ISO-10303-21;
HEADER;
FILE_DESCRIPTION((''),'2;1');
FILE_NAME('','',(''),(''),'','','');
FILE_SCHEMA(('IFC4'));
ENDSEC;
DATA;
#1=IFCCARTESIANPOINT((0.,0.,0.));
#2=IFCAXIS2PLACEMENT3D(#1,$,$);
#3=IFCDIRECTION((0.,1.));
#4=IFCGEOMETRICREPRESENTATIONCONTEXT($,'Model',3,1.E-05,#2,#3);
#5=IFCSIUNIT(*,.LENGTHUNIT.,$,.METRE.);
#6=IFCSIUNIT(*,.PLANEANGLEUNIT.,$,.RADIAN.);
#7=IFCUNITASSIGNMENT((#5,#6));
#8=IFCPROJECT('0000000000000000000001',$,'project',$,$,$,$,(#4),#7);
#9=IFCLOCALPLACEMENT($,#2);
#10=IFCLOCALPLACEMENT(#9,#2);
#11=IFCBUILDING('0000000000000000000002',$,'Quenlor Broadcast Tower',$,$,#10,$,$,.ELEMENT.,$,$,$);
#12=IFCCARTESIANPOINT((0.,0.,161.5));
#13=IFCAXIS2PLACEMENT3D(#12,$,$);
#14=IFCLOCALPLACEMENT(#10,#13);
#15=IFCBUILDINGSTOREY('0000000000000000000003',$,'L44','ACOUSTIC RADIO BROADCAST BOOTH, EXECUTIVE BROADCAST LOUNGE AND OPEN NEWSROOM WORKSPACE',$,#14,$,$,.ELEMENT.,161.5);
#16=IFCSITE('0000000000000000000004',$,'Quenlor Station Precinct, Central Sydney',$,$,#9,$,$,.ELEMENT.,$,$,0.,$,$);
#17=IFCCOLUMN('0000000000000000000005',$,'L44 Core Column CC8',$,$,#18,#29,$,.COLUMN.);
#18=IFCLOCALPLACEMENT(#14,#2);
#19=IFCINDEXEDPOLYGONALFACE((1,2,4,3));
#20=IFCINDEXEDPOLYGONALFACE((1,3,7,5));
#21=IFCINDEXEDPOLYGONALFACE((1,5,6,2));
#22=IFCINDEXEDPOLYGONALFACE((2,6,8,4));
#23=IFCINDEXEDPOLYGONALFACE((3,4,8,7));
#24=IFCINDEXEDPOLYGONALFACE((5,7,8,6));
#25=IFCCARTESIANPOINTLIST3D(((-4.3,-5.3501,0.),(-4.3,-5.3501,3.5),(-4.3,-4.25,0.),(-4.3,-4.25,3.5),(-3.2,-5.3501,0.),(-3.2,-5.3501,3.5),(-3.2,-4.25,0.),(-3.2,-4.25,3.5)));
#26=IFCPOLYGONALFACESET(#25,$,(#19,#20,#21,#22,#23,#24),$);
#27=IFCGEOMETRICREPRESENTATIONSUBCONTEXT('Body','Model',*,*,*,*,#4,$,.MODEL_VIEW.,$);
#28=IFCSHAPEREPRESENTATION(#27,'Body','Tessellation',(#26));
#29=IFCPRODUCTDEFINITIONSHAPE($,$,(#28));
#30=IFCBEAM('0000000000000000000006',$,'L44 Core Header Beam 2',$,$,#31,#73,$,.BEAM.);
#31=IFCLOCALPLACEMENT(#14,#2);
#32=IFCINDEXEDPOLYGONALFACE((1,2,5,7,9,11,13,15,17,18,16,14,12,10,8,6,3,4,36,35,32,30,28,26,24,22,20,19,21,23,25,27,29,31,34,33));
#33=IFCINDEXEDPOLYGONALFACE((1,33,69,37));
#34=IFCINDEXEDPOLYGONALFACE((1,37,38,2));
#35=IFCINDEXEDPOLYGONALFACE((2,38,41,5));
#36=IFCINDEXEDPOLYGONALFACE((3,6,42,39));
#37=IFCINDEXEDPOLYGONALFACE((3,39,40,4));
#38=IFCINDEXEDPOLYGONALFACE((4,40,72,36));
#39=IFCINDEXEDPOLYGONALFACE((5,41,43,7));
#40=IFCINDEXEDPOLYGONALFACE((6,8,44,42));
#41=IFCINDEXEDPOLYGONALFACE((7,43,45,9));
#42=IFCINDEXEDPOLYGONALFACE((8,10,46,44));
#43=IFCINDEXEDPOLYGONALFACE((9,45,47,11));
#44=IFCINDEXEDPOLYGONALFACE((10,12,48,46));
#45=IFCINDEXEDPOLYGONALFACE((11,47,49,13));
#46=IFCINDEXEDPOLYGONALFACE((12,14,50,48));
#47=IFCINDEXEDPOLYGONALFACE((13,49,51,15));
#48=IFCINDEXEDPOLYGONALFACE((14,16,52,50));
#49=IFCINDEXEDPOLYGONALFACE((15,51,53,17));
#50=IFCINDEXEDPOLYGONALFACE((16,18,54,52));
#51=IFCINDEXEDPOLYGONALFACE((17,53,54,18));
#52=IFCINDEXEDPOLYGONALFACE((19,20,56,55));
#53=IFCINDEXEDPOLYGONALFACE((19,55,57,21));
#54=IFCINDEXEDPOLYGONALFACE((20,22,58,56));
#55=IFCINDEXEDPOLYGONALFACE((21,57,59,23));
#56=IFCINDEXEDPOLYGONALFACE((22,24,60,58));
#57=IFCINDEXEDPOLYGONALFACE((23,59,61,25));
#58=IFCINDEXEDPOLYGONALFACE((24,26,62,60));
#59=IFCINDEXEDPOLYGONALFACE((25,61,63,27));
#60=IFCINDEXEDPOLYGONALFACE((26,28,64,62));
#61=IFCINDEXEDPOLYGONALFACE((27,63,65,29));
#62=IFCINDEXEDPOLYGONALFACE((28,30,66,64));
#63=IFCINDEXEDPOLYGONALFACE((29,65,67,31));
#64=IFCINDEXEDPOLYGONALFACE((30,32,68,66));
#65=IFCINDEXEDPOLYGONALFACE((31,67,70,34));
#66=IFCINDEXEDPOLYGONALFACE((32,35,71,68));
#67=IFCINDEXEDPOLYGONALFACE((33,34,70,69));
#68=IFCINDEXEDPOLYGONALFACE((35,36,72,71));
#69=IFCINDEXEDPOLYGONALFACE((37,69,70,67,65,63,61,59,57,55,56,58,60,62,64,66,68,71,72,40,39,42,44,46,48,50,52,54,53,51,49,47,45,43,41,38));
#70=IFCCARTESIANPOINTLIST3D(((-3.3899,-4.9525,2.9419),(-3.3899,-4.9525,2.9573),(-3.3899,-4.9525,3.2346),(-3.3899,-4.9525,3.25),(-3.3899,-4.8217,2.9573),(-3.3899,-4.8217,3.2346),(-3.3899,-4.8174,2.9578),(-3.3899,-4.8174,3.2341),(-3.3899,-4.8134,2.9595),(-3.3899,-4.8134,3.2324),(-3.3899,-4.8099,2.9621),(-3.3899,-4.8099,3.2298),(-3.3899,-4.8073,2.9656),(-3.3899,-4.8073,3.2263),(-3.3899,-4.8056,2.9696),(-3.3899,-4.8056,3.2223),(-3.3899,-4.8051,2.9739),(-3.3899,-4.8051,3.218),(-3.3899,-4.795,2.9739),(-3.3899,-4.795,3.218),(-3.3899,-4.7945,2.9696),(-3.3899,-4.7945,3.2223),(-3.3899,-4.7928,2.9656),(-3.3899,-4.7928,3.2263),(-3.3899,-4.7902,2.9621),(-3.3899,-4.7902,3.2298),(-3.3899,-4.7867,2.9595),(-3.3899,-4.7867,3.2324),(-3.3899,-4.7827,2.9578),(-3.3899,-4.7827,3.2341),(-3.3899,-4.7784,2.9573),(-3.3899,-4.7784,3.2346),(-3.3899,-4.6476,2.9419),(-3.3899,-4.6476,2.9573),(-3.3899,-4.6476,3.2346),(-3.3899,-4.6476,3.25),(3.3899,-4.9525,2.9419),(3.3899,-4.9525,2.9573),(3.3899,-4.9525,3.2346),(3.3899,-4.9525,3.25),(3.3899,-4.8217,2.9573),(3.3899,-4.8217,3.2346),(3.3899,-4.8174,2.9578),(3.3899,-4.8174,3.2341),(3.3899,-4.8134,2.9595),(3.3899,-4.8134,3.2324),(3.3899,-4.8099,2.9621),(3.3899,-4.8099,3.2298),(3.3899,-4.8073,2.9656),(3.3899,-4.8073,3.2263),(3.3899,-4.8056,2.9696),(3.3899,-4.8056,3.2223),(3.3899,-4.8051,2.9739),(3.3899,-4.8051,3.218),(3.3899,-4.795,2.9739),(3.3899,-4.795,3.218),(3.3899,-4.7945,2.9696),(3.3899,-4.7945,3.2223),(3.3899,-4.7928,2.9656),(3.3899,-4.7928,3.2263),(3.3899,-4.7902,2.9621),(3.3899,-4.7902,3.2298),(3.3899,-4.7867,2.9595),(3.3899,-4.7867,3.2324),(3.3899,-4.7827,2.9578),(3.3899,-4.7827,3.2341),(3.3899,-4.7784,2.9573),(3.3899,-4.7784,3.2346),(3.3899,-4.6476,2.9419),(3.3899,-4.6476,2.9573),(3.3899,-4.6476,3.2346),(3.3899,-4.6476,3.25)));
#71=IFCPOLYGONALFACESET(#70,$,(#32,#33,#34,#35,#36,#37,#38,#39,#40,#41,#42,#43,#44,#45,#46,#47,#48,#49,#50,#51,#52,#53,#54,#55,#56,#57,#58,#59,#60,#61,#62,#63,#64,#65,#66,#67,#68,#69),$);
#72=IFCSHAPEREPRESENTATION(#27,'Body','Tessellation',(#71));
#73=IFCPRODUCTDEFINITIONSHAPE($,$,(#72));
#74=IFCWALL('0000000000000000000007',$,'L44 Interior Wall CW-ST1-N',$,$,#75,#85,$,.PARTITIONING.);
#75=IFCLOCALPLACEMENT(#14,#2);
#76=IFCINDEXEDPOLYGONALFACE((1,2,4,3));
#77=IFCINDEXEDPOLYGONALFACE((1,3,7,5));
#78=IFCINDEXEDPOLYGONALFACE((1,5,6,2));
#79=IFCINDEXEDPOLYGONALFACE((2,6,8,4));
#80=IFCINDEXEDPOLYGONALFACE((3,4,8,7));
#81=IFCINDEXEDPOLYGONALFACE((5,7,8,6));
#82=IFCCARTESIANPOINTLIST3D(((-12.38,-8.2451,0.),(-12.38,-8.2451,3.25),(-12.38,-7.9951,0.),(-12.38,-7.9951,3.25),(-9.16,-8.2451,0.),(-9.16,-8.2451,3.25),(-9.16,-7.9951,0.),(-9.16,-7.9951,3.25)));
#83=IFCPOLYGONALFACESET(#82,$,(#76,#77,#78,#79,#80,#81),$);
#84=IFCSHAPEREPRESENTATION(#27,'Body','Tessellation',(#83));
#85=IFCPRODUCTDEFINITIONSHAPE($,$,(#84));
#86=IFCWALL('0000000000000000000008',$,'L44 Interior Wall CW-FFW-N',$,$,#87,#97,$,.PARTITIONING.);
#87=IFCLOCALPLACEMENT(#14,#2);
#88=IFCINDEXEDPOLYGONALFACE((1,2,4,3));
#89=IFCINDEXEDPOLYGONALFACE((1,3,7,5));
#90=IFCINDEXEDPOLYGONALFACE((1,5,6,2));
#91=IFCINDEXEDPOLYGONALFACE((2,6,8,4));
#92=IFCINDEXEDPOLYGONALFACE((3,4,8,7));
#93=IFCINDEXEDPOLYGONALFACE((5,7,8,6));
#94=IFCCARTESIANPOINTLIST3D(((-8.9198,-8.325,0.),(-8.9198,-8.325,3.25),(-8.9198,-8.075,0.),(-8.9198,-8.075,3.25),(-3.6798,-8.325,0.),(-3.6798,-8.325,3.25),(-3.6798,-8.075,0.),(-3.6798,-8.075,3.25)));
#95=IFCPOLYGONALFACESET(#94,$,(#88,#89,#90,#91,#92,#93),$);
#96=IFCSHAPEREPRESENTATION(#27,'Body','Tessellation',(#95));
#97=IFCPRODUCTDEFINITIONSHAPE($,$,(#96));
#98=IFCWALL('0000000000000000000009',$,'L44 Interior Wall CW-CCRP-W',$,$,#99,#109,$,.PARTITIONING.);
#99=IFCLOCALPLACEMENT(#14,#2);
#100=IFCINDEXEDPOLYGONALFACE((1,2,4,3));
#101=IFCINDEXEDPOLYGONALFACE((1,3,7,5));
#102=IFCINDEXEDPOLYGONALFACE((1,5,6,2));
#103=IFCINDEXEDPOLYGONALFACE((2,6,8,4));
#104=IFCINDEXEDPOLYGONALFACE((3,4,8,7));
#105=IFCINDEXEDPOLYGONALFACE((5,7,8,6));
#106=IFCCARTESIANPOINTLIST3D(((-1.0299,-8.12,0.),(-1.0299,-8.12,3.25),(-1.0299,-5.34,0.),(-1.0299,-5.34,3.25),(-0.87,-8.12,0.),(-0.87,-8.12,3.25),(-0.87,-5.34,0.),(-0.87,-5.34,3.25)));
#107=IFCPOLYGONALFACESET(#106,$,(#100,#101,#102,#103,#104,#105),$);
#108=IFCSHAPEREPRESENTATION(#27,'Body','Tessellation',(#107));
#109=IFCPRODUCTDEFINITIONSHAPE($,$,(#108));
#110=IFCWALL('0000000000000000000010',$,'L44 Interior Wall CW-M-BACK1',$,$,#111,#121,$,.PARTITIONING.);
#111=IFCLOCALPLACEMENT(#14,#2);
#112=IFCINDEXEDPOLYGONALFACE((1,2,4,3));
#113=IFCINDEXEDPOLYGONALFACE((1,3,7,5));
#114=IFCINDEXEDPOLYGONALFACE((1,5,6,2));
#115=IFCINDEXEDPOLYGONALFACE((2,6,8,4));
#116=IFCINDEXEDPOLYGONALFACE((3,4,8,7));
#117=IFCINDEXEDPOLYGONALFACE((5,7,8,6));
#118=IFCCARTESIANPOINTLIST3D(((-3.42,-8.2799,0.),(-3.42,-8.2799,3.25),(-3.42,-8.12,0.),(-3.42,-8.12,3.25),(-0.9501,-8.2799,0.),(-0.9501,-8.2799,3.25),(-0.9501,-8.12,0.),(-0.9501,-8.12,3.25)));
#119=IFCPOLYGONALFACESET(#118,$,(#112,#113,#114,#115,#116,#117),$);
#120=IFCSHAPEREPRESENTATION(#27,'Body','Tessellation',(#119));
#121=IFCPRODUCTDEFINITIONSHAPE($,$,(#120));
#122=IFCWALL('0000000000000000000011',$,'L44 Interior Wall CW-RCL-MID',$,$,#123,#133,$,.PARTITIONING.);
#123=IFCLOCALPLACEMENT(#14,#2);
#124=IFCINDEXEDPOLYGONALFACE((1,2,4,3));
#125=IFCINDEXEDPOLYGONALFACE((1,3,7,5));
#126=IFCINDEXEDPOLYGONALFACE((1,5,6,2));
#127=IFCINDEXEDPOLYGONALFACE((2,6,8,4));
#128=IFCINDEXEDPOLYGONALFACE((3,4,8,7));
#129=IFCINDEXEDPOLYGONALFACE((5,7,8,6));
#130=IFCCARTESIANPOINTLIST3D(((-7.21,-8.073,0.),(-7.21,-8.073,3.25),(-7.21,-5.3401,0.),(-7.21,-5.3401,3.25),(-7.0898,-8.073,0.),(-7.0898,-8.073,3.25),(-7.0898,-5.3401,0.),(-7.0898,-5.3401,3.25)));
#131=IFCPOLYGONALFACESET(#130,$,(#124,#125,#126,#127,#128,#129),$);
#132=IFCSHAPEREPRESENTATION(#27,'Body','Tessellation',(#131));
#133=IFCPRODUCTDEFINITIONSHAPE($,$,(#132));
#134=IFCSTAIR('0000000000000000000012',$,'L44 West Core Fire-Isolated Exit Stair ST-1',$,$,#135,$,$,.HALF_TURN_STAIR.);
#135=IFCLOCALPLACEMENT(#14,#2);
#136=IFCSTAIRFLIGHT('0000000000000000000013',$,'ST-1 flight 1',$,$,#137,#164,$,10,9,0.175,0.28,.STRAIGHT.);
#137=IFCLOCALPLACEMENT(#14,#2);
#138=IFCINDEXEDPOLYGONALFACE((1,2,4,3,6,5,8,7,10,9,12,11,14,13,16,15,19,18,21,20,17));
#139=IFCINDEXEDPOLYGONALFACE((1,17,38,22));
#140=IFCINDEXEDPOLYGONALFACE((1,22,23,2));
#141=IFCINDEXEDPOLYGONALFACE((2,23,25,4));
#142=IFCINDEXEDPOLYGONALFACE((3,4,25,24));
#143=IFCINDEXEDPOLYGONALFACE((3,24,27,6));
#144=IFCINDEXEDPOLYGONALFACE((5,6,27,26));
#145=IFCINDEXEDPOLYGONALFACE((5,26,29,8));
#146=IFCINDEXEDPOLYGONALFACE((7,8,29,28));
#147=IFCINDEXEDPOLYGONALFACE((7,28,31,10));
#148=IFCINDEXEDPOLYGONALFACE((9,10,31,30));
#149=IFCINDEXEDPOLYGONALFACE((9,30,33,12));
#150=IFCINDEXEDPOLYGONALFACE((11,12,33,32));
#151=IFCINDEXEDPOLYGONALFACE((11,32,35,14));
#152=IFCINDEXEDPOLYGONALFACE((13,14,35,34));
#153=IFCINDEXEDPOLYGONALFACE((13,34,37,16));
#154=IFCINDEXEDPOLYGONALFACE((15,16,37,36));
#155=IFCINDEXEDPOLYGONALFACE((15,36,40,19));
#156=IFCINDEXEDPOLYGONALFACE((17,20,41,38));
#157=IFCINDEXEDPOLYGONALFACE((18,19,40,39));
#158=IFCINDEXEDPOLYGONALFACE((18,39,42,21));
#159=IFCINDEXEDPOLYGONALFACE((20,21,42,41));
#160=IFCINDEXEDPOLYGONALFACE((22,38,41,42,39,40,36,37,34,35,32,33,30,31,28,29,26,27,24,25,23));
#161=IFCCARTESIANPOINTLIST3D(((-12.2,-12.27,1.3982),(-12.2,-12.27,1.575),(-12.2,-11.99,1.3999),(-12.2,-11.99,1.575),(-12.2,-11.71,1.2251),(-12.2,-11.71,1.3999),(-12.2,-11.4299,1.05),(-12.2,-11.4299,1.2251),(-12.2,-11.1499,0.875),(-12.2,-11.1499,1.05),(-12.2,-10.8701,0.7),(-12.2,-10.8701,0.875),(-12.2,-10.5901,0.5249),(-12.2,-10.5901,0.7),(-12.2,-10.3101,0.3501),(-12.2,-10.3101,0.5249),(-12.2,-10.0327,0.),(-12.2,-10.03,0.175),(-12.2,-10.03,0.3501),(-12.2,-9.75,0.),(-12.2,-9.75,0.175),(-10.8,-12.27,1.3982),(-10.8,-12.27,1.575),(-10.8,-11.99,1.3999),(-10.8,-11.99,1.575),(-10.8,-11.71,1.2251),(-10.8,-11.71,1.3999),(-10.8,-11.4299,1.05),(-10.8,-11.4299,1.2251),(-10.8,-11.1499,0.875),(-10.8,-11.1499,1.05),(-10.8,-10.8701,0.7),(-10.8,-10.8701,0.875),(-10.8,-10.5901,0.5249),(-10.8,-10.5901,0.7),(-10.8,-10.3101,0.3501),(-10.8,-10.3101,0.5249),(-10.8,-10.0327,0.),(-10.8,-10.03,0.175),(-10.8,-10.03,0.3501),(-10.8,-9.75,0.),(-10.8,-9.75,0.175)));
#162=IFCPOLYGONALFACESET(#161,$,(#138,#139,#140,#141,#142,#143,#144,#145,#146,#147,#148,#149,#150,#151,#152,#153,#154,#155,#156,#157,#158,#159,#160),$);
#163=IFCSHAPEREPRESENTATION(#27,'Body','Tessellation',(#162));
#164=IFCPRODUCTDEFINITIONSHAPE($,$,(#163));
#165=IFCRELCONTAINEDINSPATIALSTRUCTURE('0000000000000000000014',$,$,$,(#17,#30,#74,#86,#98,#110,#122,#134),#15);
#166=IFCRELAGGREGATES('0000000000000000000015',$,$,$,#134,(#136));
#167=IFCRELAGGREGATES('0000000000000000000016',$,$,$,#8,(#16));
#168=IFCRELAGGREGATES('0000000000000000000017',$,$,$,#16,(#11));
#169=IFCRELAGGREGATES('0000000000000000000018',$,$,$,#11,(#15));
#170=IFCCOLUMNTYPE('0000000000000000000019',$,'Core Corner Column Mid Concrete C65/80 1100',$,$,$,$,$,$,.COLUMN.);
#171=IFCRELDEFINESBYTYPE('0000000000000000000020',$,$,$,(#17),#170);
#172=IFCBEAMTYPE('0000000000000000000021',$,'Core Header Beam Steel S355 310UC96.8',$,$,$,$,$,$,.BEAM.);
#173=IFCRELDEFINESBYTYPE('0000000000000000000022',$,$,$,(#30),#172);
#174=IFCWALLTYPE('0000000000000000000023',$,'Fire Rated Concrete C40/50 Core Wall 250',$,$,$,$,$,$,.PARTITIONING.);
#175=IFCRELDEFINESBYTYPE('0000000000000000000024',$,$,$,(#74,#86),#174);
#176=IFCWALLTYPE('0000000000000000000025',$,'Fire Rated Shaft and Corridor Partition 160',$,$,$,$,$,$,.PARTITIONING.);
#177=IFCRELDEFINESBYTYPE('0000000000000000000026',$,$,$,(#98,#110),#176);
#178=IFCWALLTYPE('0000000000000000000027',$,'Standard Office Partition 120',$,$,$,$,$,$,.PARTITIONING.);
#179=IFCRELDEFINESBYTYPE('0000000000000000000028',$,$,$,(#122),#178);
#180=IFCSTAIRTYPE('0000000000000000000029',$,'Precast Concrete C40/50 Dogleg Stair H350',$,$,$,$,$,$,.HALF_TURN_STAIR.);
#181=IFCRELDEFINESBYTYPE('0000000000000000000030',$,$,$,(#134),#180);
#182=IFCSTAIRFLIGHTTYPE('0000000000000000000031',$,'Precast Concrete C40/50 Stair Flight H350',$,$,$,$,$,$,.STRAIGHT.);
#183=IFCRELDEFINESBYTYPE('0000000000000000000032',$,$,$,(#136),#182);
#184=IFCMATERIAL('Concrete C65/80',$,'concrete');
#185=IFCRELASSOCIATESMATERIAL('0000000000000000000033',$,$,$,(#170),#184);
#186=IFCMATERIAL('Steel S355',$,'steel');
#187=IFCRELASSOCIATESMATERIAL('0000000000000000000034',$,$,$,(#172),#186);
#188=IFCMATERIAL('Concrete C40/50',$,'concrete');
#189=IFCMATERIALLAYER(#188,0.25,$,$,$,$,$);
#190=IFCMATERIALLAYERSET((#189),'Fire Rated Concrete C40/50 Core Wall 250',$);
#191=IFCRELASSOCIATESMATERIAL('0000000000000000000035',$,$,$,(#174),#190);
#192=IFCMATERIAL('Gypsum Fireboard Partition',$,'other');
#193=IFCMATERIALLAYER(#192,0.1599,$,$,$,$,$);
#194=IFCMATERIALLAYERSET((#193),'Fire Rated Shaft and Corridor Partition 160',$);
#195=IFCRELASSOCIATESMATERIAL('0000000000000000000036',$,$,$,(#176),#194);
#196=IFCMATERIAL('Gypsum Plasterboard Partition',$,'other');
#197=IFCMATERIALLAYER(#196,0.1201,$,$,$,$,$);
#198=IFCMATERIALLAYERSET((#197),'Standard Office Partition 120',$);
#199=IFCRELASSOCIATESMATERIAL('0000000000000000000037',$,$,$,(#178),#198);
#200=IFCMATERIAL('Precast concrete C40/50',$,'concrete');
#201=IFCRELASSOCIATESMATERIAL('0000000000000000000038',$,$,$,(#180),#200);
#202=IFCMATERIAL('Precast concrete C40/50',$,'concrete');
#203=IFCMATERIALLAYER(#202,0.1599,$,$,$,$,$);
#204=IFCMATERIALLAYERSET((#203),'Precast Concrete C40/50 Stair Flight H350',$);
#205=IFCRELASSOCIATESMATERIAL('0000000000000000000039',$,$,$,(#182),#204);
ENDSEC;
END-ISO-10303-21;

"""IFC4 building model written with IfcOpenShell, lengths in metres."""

from ifc_helpers import new_model, si_unit, direction, frame, frame_2d, origin, origin_2d, place, context, subcontext, project, spatial, polyline, rectangle, i_section, outline, extrude, material, layer, layer_set, material_profile, profile_set, type_object, element, aggregate, save


model = new_model("IFC4")

# Units and contexts
model_context = context("Model", 3, precision=1e-05, world=origin(), true_north=direction((0.0, 1.0)))
body_context = subcontext(model_context, "Body", "Model", "MODEL_VIEW")
ifc_project = project(units=[si_unit("LENGTHUNIT", "METRE"), si_unit("PLANEANGLEUNIT", "RADIAN")], contexts=[model_context])

# Site, building, storey
site_placement = place(None, origin())
site = spatial("IfcSite", under=ifc_project, at=site_placement, Name="Quenlor Station Precinct, Central Sydney", CompositionType="ELEMENT", RefElevation=0.0)
building_placement = place(site_placement, origin())
building = spatial("IfcBuilding", under=site, at=building_placement, Name="Quenlor Broadcast Tower", CompositionType="ELEMENT")
storey_placement = place(building_placement, frame((0.0, 0.0, 161.5)))
storey = spatial("IfcBuildingStorey", under=building, at=storey_placement, Name="L44", Description="ACOUSTIC RADIO BROADCAST BOOTH, EXECUTIVE BROADCAST LOUNGE AND OPEN NEWSROOM WORKSPACE", CompositionType="ELEMENT", Elevation=161.5)

# Column
ifc_material_1 = material(Name="Concrete C65/80", Category="concrete")
ifc_material_profile_1 = material_profile(ifc_material_1, rectangle(XDim=1.1001, YDim=1.1001, at=origin_2d()))
ifc_profile_set_1 = profile_set([ifc_material_profile_1], Name="Concrete C65/80 RC1100x1100")
column_type = type_object("IfcColumnType", Name="Core Corner Column Mid Concrete C65/80 1100", PredefinedType="COLUMN", material=ifc_profile_set_1)
column_placement = place(storey_placement, frame((-3.75, -4.8, 0.0), z_axis=(0.0, 0.0, 1.0), x_axis=(1.0, 0.0, 0.0)))
element("IfcColumn", 1, at=column_placement, inside=storey, type_object=column_type, Name="L44 Core Column CC8", PredefinedType="COLUMN", context=body_context, shape_type="SweptSolid", body=[
    extrude(rectangle(XDim=1.1001, YDim=1.1001, at=origin_2d()), origin(), (0.0, 0.0, 1.0), 3.5),
])

# Beam
ifc_material_2 = material(Name="Steel S355", Category="steel")
ifc_material_profile_2 = material_profile(ifc_material_2, i_section(OverallWidth=0.3049, OverallDepth=0.3081, WebThickness=0.01, FlangeThickness=0.0154, FilletRadius=0.0166, at=origin_2d()))
ifc_profile_set_2 = profile_set([ifc_material_profile_2], Name="Steel S355 310UC96.8")
beam_type = type_object("IfcBeamType", Name="Core Header Beam Steel S355 310UC96.8", PredefinedType="BEAM", material=ifc_profile_set_2)
beam_placement = place(storey_placement, frame((-3.3899, -4.8, 3.0959), z_axis=(1.0, 0.0, 0.0), x_axis=(0.0, 1.0, 0.0)))
element("IfcBeam", 2, at=beam_placement, inside=storey, type_object=beam_type, Name="L44 Core Header Beam 2", PredefinedType="BEAM", context=body_context, shape_type="SweptSolid", body=[
    extrude(i_section(OverallWidth=0.3049, OverallDepth=0.3081, WebThickness=0.01, FlangeThickness=0.0154, FilletRadius=0.0166, at=origin_2d()), origin(), (0.0, 0.0, 1.0), 6.7798),
])

# Shared definitions
ifc_material_3 = material(Name="Concrete C40/50", Category="concrete")
ifc_layer_1 = layer(ifc_material_3, 0.25)
ifc_layer_set_1 = layer_set([ifc_layer_1], Name="Fire Rated Concrete C40/50 Core Wall 250")
wall_type_1 = type_object("IfcWallType", Name="Fire Rated Concrete C40/50 Core Wall 250", PredefinedType="PARTITIONING", material=ifc_layer_set_1)

# Walls
wall_1_placement = place(storey_placement, frame((-12.3799, -8.1201, 0.0), z_axis=(0.0, 0.0, 1.0), x_axis=(1.0, 0.0, 0.0)))
element("IfcWall", 3, at=wall_1_placement, inside=storey, type_object=wall_type_1, Name="L44 Interior Wall CW-ST1-N", PredefinedType="PARTITIONING", context=body_context, shape_type="SweptSolid", body=[
    extrude(rectangle(XDim=3.22, YDim=0.25, at=frame_2d((1.6099, 0.0))), origin(), (0.0, 0.0, 1.0), 3.25),
])
wall_2_placement = place(storey_placement, frame((-8.9199, -8.2, 0.0), z_axis=(0.0, 0.0, 1.0), x_axis=(1.0, 0.0, 0.0)))
element("IfcWall", 4, at=wall_2_placement, inside=storey, type_object=wall_type_1, Name="L44 Interior Wall CW-FFW-N", PredefinedType="PARTITIONING", context=body_context, shape_type="SweptSolid", body=[
    extrude(rectangle(XDim=5.24, YDim=0.25, at=frame_2d((2.6201, 0.0))), origin(), (0.0, 0.0, 1.0), 3.25),
])

# Walls
ifc_material_4 = material(Name="Gypsum Fireboard Partition", Category="other")
ifc_layer_2 = layer(ifc_material_4, 0.1599)
ifc_layer_set_2 = layer_set([ifc_layer_2], Name="Fire Rated Shaft and Corridor Partition 160")
wall_type_2 = type_object("IfcWallType", Name="Fire Rated Shaft and Corridor Partition 160", PredefinedType="PARTITIONING", material=ifc_layer_set_2)
wall_3_placement = place(storey_placement, frame((-0.95, -8.1201, 0.0), z_axis=(0.0, 0.0, 1.0), x_axis=(0.0, 1.0, 0.0)))
element("IfcWall", 5, at=wall_3_placement, inside=storey, type_object=wall_type_2, Name="L44 Interior Wall CW-CCRP-W", PredefinedType="PARTITIONING", context=body_context, shape_type="SweptSolid", body=[
    extrude(rectangle(XDim=2.78, YDim=0.1599, at=frame_2d((1.3901, 0.0))), origin(), (0.0, 0.0, 1.0), 3.25),
])
wall_4_placement = place(storey_placement, frame((-3.4199, -8.2, 0.0), z_axis=(0.0, 0.0, 1.0), x_axis=(1.0, 0.0, 0.0)))
element("IfcWall", 6, at=wall_4_placement, inside=storey, type_object=wall_type_2, Name="L44 Interior Wall CW-M-BACK1", PredefinedType="PARTITIONING", context=body_context, shape_type="SweptSolid", body=[
    extrude(rectangle(XDim=2.47, YDim=0.1599, at=frame_2d((1.2349, 0.0))), origin(), (0.0, 0.0, 1.0), 3.25),
])
ifc_material_5 = material(Name="Gypsum Plasterboard Partition", Category="other")
ifc_layer_3 = layer(ifc_material_5, 0.1201)
ifc_layer_set_3 = layer_set([ifc_layer_3], Name="Standard Office Partition 120")
wall_type_3 = type_object("IfcWallType", Name="Standard Office Partition 120", PredefinedType="PARTITIONING", material=ifc_layer_set_3)
wall_5_placement = place(storey_placement, frame((-7.1499, -8.073, 0.0), z_axis=(0.0, 0.0, 1.0), x_axis=(0.0, 1.0, 0.0)))
element("IfcWall", 7, at=wall_5_placement, inside=storey, type_object=wall_type_3, Name="L44 Interior Wall CW-RCL-MID", PredefinedType="PARTITIONING", context=body_context, shape_type="SweptSolid", body=[
    extrude(rectangle(XDim=2.7329, YDim=0.1201, at=frame_2d((1.3665, 0.0))), origin(), (0.0, 0.0, 1.0), 3.25),
])

# Stair, stair flight
ifc_material_6 = material(Name="Precast concrete C40/50", Category="concrete")
stair_type = type_object("IfcStairType", Name="Precast Concrete C40/50 Dogleg Stair H350", PredefinedType="HALF_TURN_STAIR", material=ifc_material_6)
stair_placement = place(storey_placement, origin())
stair = element("IfcStair", 8, at=stair_placement, inside=storey, type_object=stair_type, Name="L44 West Core Fire-Isolated Exit Stair ST-1", PredefinedType="HALF_TURN_STAIR")
ifc_material_7 = material(Name="Precast concrete C40/50", Category="concrete")
ifc_layer_4 = layer(ifc_material_7, 0.1599)
ifc_layer_set_4 = layer_set([ifc_layer_4], Name="Precast Concrete C40/50 Stair Flight H350")
stair_flight_type = type_object("IfcStairFlightType", Name="Precast Concrete C40/50 Stair Flight H350", PredefinedType="STRAIGHT", material=ifc_layer_set_4)
stair_flight_placement = place(storey_placement, frame((-11.5, -9.75, 0.0), z_axis=(0.0, 0.0, 1.0), x_axis=(0.0, -1.0, 0.0)))
stair_flight = element("IfcStairFlight", 9, at=stair_flight_placement, type_object=stair_flight_type, Name="ST-1 flight 1", NumberOfRisers=10, NumberOfTreads=9, PredefinedType="STRAIGHT", RiserHeight=0.175, TreadLength=0.28, context=body_context, shape_type="SweptSolid", body=[
    extrude(outline(polyline([(0.0, 0.0), (0.0, 0.175), (0.28, 0.175), (0.28, 0.3501), (0.5601, 0.3501), (0.5601, 0.5249), (0.8401, 0.5249), (0.8401, 0.7), (1.1201, 0.7), (1.1201, 0.875), (1.3999, 0.875), (1.3999, 1.05), (1.6799, 1.05), (1.6799, 1.2251), (1.96, 1.2251), (1.96, 1.3999), (2.24, 1.3999), (2.24, 1.575), (2.52, 1.575), (2.52, 1.75), (2.52, 1.3982), (0.2827, 0.0), (0.0, 0.0)])), frame((0.0, 0.7, 0.0), z_axis=(0.0, -1.0, 0.0), x_axis=(1.0, 0.0, 0.0)), (0.0, 0.0, 1.0), 1.3999),
])
aggregate(stair, [stair_flight])

save(model, "model.ifc")
